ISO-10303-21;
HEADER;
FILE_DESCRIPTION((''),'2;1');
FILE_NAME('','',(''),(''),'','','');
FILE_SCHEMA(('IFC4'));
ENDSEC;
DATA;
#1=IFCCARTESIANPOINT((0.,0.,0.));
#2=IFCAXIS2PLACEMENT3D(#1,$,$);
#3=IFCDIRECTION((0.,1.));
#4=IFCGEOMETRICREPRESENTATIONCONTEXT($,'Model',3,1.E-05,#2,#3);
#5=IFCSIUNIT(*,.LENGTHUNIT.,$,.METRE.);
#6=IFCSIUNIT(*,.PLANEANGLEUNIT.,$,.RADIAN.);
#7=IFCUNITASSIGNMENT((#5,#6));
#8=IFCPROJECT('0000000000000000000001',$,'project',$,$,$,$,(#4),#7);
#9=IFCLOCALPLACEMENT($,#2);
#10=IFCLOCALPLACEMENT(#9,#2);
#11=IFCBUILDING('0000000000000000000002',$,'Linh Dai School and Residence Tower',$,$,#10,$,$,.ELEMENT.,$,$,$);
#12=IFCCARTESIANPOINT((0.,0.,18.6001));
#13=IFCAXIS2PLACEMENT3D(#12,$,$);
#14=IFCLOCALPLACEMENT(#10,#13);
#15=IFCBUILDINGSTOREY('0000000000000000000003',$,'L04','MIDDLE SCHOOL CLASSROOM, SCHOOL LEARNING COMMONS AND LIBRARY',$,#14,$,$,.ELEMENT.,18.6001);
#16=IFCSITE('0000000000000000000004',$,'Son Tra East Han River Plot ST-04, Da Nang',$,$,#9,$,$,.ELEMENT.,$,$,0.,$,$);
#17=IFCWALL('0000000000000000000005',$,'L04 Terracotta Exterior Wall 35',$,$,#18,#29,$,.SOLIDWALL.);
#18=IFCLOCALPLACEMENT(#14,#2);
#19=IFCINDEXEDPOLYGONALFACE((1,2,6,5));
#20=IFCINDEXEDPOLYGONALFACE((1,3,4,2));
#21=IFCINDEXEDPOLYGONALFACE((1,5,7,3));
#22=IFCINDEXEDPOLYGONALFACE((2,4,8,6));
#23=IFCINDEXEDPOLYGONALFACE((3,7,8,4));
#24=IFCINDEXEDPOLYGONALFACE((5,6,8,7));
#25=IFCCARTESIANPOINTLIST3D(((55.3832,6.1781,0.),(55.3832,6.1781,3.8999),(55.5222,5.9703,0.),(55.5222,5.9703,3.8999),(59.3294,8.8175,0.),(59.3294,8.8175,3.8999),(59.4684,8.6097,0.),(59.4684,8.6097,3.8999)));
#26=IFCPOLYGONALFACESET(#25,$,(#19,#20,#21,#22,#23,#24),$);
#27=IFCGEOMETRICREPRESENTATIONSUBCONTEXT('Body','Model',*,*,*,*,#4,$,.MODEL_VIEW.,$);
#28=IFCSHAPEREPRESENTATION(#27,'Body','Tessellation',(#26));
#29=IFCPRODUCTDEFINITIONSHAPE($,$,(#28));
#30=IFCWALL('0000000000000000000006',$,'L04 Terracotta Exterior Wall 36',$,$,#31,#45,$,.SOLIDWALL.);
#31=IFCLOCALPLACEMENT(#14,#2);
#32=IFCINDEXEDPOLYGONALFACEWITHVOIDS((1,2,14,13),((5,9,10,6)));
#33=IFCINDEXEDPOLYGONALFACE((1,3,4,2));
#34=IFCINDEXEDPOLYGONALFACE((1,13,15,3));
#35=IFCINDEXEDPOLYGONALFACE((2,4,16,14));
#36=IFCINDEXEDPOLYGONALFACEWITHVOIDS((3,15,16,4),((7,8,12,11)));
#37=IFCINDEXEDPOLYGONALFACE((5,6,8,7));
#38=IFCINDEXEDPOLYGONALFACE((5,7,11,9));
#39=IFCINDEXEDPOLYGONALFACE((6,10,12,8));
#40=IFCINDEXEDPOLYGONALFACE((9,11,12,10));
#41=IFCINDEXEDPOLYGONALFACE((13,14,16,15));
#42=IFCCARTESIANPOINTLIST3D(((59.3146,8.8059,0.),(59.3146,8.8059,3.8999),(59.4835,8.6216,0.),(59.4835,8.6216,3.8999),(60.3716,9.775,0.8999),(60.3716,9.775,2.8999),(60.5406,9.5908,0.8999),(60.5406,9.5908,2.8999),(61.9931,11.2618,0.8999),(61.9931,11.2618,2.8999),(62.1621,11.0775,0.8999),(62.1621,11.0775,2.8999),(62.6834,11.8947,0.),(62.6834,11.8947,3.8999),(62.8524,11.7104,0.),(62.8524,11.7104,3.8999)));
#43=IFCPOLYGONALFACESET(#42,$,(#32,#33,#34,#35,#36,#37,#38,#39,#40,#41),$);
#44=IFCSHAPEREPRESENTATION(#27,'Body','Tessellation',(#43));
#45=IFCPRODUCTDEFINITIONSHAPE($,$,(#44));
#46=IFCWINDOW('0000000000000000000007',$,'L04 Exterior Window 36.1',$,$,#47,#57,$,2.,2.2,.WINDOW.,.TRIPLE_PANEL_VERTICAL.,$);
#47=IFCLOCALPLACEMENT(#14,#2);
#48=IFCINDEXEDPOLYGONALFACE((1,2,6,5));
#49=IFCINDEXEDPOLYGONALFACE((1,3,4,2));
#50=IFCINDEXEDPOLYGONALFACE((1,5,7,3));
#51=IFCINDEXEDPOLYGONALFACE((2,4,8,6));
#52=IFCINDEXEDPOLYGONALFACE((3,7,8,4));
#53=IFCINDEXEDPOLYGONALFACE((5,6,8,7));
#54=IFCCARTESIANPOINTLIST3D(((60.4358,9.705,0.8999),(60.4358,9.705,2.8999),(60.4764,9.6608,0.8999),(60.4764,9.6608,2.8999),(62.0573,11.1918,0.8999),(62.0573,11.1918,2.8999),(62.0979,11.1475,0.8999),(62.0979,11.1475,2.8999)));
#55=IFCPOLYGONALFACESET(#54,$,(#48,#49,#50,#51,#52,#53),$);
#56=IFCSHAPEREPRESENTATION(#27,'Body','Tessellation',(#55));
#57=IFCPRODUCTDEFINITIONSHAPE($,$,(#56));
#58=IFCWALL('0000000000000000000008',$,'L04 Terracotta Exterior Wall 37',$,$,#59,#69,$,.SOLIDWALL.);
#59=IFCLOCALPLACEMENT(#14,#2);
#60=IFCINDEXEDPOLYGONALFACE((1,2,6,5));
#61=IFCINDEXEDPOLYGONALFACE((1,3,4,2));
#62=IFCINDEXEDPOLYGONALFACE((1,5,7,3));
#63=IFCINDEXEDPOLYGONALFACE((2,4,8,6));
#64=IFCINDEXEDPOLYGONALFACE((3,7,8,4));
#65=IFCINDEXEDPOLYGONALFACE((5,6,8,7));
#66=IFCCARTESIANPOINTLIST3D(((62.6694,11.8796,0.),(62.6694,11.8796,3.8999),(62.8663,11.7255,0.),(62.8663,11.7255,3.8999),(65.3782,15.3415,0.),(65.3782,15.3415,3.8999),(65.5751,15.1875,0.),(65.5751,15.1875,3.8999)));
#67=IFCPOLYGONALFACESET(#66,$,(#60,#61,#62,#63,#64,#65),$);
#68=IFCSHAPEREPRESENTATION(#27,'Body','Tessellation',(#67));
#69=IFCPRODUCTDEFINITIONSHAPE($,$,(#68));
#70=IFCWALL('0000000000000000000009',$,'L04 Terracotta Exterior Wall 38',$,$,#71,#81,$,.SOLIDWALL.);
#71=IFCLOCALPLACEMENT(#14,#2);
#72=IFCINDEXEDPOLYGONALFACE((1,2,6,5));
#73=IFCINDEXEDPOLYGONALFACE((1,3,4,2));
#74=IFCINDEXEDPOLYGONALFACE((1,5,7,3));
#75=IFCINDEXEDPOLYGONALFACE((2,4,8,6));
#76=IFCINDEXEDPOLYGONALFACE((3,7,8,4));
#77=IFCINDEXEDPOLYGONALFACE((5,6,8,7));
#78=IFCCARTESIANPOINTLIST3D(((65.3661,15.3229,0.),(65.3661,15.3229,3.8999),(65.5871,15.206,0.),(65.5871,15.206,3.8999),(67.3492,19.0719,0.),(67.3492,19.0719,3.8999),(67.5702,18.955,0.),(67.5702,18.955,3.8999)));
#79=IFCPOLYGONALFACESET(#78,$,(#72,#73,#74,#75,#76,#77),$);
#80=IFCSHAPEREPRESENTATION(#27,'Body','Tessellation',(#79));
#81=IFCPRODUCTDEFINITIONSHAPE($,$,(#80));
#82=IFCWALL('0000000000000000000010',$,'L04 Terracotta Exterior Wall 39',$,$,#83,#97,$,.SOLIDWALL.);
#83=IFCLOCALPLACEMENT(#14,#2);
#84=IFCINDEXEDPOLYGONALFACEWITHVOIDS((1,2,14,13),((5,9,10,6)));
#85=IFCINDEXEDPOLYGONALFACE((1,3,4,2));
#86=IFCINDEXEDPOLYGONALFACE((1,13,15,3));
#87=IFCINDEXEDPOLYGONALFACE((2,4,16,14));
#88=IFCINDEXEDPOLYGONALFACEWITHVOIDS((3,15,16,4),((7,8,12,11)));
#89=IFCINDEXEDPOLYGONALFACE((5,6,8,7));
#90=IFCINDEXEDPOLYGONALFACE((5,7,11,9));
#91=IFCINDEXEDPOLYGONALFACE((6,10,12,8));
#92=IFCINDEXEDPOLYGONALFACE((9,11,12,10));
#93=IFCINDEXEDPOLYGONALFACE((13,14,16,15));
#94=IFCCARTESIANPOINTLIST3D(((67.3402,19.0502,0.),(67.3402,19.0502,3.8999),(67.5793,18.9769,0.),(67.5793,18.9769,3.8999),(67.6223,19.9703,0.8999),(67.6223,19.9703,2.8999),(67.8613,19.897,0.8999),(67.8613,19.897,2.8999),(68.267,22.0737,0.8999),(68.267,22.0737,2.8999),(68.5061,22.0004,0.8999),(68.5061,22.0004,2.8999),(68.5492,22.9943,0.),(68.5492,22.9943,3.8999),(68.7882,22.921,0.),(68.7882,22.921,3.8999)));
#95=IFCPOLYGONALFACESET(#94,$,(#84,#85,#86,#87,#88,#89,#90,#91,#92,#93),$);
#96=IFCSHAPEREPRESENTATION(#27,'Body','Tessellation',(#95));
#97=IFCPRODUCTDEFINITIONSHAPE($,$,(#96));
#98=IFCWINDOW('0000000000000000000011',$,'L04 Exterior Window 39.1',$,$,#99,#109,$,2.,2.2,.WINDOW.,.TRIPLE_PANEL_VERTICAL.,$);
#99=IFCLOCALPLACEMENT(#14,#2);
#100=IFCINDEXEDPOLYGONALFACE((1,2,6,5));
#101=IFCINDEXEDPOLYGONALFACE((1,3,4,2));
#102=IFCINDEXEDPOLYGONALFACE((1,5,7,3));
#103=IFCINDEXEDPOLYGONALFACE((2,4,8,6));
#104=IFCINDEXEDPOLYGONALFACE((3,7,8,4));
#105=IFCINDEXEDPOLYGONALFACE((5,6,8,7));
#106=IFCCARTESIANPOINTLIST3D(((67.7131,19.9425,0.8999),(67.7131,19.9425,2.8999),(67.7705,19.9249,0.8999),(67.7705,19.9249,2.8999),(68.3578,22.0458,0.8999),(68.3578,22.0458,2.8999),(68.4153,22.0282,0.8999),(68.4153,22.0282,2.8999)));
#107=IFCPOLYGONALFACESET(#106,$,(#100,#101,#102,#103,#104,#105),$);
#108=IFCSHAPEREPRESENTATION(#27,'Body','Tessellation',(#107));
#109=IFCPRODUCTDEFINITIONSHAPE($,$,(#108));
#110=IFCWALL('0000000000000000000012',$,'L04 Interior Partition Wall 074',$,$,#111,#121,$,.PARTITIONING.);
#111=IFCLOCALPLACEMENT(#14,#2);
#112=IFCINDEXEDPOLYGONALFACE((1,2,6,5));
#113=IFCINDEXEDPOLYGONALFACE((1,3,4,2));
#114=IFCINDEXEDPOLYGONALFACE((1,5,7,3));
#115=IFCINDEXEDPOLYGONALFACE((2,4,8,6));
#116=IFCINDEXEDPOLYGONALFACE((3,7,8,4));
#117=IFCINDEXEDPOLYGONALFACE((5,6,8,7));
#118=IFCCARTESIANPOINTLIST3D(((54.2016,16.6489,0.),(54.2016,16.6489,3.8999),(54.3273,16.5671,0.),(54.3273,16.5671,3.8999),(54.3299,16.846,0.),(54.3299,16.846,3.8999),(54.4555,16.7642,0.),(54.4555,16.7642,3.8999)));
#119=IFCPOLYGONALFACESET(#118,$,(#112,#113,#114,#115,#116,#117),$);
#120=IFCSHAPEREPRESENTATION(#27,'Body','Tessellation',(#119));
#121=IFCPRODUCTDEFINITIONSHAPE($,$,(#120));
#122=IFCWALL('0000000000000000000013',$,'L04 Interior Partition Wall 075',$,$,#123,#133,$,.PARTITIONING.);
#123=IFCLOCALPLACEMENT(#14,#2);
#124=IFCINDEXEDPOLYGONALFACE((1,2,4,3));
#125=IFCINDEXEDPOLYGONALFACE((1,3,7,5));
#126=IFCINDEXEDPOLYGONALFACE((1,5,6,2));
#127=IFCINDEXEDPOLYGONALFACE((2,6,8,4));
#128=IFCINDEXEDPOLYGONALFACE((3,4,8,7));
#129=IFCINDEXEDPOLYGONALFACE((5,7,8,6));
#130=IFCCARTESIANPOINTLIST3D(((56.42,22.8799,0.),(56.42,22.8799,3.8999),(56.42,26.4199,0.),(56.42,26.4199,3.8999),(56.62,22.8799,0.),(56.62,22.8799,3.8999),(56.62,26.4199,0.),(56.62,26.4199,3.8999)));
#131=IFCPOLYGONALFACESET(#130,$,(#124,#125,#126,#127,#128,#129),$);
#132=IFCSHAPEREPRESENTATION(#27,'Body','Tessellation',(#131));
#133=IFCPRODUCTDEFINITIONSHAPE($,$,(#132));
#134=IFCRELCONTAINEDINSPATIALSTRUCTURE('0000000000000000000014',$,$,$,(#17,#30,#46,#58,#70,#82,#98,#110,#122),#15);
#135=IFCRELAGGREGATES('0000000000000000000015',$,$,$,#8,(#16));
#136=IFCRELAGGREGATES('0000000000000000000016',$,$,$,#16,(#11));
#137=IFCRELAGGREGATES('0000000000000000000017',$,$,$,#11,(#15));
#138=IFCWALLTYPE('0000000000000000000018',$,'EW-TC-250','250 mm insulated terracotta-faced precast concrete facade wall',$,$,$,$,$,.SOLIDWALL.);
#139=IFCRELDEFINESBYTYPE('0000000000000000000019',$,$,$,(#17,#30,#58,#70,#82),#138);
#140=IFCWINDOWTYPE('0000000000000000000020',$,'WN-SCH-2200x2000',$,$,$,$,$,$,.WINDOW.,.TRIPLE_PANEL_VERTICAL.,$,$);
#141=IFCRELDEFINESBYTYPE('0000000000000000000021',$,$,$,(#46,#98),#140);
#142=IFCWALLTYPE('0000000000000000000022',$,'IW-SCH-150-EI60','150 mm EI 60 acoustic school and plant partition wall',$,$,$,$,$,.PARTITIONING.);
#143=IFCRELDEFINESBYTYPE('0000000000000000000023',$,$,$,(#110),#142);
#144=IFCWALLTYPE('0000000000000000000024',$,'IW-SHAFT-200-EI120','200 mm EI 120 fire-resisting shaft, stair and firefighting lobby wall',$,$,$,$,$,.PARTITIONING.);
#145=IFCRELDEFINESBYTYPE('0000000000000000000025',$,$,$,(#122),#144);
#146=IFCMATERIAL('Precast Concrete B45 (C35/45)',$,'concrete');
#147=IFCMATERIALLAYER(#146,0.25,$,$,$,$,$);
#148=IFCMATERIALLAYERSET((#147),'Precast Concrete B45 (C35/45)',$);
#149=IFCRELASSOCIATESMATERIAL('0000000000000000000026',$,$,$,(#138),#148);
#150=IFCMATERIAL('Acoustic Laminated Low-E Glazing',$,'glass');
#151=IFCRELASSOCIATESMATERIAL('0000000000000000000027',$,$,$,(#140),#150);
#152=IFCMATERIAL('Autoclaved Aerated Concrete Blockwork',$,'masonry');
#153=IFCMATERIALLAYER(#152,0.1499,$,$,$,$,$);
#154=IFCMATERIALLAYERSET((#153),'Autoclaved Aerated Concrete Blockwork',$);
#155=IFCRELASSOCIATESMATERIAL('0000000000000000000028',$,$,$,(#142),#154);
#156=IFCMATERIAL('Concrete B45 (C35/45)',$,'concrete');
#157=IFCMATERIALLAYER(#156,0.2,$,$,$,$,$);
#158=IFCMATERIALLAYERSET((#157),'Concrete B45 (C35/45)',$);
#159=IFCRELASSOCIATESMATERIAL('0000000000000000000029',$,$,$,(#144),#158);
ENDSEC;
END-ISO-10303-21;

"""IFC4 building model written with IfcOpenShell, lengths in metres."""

from ifc_helpers import new_model, si_unit, direction, frame, frame_2d, origin, origin_2d, place, context, subcontext, project, spatial, rectangle, extrude, source, transform, mapped, material, layer, layer_set, type_object, element, fill, save


model = new_model("IFC4")

# Units and contexts
model_context = context("Model", 3, precision=1e-05, world=origin(), true_north=direction((0.0, 1.0)))
body_context = subcontext(model_context, "Body", "Model", "MODEL_VIEW")
ifc_project = project(units=[si_unit("LENGTHUNIT", "METRE"), si_unit("PLANEANGLEUNIT", "RADIAN")], contexts=[model_context])

# Site, building, storey
site_placement = place(None, origin())
site = spatial("IfcSite", under=ifc_project, at=site_placement, Name="Son Tra East Han River Plot ST-04, Da Nang", CompositionType="ELEMENT", RefElevation=0.0)
building_placement = place(site_placement, origin())
building = spatial("IfcBuilding", under=site, at=building_placement, Name="Linh Dai School and Residence Tower", CompositionType="ELEMENT")
storey_placement = place(building_placement, frame((0.0, 0.0, 18.6001)))
storey = spatial("IfcBuildingStorey", under=building, at=storey_placement, Name="L04", Description="MIDDLE SCHOOL CLASSROOM, SCHOOL LEARNING COMMONS AND LIBRARY", CompositionType="ELEMENT", Elevation=18.6001)

# Wall
ifc_material_1 = material(Name="Precast Concrete B45 (C35/45)", Category="concrete")
ifc_layer_1 = layer(ifc_material_1, 0.25)
ifc_layer_set_1 = layer_set([ifc_layer_1], Name="Precast Concrete B45 (C35/45)")
wall_type_1 = type_object("IfcWallType", Name="EW-TC-250", Description="250 mm insulated terracotta-faced precast concrete facade wall", PredefinedType="SOLIDWALL", material=ifc_layer_set_1)
wall_1_placement = place(storey_placement, frame((59.3989, 8.7136, 0.0), z_axis=(0.0, 0.0, 1.0), x_axis=(-0.831219, -0.555946, 0.0)))
element("IfcWall", 1, at=wall_1_placement, inside=storey, type_object=wall_type_1, Name="L04 Terracotta Exterior Wall 35", PredefinedType="SOLIDWALL", context=body_context, shape_type="SweptSolid", body=[
    extrude(rectangle(XDim=4.7476, YDim=0.25, at=frame_2d((2.3738, 0.0))), origin(), (0.0, 0.0, 1.0), 3.8999),
])

# Wall, opening, window
wall_2_placement = place(storey_placement, frame((62.7678, 11.8025, 0.0), z_axis=(0.0, 0.0, 1.0), x_axis=(-0.737077, -0.675809, 0.0)))
wall_2 = element("IfcWall", 2, at=wall_2_placement, inside=storey, type_object=wall_type_1, Name="L04 Terracotta Exterior Wall 36", PredefinedType="SOLIDWALL", context=body_context, shape_type="SweptSolid", body=[
    extrude(rectangle(XDim=4.5706, YDim=0.25, at=frame_2d((2.2852, 0.0))), origin(), (0.0, 0.0, 1.0), 3.8999),
])
opening_1_placement = place(wall_2_placement, frame((0.9363, 0.0, 0.8999)))
opening_1 = element("IfcOpeningElement", 3, at=opening_1_placement, cuts=wall_2, PredefinedType="OPENING", context=body_context, shape_type="SweptSolid", body=[
    extrude(rectangle(XDim=2.2, YDim=2.0, at=origin_2d()), frame((1.1001, 0.135, 1.0), z_axis=(0.0, -1.0, 0.0), x_axis=(1.0, 0.0, 0.0)), (0.0, 0.0, 1.0), 0.27),
])
ifc_material_2 = material(Name="Acoustic Laminated Low-E Glazing", Category="glass")
window_type = type_object("IfcWindowType", Name="WN-SCH-2200x2000", PartitioningType="TRIPLE_PANEL_VERTICAL", PredefinedType="WINDOW", material=ifc_material_2)
shared_shape_1 = source(origin(), body_context, "Body", "SweptSolid", [
    extrude(rectangle(XDim=2.2, YDim=2.0, at=origin_2d()), frame((1.1001, 0.03, 1.0), z_axis=(0.0, -1.0, 0.0), x_axis=(1.0, 0.0, 0.0)), (0.0, 0.0, 1.0), 0.0601),
])
window_1_placement = place(opening_1_placement, origin())
window_1 = element("IfcWindow", 4, at=window_1_placement, inside=storey, type_object=window_type, Name="L04 Exterior Window 36.1", OverallHeight=2.0, OverallWidth=2.2, PartitioningType="TRIPLE_PANEL_VERTICAL", PredefinedType="WINDOW", context=body_context, shape_type="MappedRepresentation", body=[
    mapped(shared_shape_1, transform((0.0, 0.0, 0.0), x_axis=(1.0, 0.0, 0.0), y_axis=(0.0, 1.0, 0.0), z_axis=(0.0, 0.0, 1.0), scale=1.0)),
])
fill(opening_1, window_1)

# Walls
wall_3_placement = place(storey_placement, frame((65.4766, 15.2644, 0.0), z_axis=(0.0, 0.0, 1.0), x_axis=(-0.616226, -0.787569, 0.0)))
element("IfcWall", 5, at=wall_3_placement, inside=storey, type_object=wall_type_1, Name="L04 Terracotta Exterior Wall 37", PredefinedType="SOLIDWALL", context=body_context, shape_type="SweptSolid", body=[
    extrude(rectangle(XDim=4.3958, YDim=0.25, at=frame_2d((2.1978, 0.0))), origin(), (0.0, 0.0, 1.0), 3.8999),
])
wall_4_placement = place(storey_placement, frame((67.4597, 19.0134, 0.0), z_axis=(0.0, 0.0, 1.0), x_axis=(-0.467589, -0.883946, 0.0)))
element("IfcWall", 6, at=wall_4_placement, inside=storey, type_object=wall_type_1, Name="L04 Terracotta Exterior Wall 38", PredefinedType="SOLIDWALL", context=body_context, shape_type="SweptSolid", body=[
    extrude(rectangle(XDim=4.2412, YDim=0.25, at=frame_2d((2.1206, 0.0))), origin(), (0.0, 0.0, 1.0), 3.8999),
])

# Wall, opening, window
wall_5_placement = place(storey_placement, frame((68.6687, 22.9575, 0.0), z_axis=(0.0, 0.0, 1.0), x_axis=(-0.293071, -0.956091, 0.0)))
wall_5 = element("IfcWall", 7, at=wall_5_placement, inside=storey, type_object=wall_type_1, Name="L04 Terracotta Exterior Wall 39", PredefinedType="SOLIDWALL", context=body_context, shape_type="SweptSolid", body=[
    extrude(rectangle(XDim=4.1252, YDim=0.25, at=frame_2d((2.0625, 0.0))), origin(), (0.0, 0.0, 1.0), 3.8999),
])
opening_2_placement = place(wall_5_placement, frame((0.9626, 0.0, 0.8999)))
opening_2 = element("IfcOpeningElement", 8, at=opening_2_placement, cuts=wall_5, PredefinedType="OPENING", context=body_context, shape_type="SweptSolid", body=[
    extrude(rectangle(XDim=2.2, YDim=2.0, at=origin_2d()), frame((1.1001, 0.135, 1.0), z_axis=(0.0, -1.0, 0.0), x_axis=(1.0, 0.0, 0.0)), (0.0, 0.0, 1.0), 0.27),
])
window_2_placement = place(opening_2_placement, origin())
window_2 = element("IfcWindow", 9, at=window_2_placement, inside=storey, type_object=window_type, Name="L04 Exterior Window 39.1", OverallHeight=2.0, OverallWidth=2.2, PartitioningType="TRIPLE_PANEL_VERTICAL", PredefinedType="WINDOW", context=body_context, shape_type="MappedRepresentation", body=[
    mapped(shared_shape_1, transform((0.0, 0.0, 0.0), x_axis=(1.0, 0.0, 0.0), y_axis=(0.0, 1.0, 0.0), z_axis=(0.0, 0.0, 1.0), scale=1.0)),
])
fill(opening_2, window_2)

# Walls
ifc_material_3 = material(Name="Autoclaved Aerated Concrete Blockwork", Category="masonry")
ifc_layer_2 = layer(ifc_material_3, 0.1499)
ifc_layer_set_2 = layer_set([ifc_layer_2], Name="Autoclaved Aerated Concrete Blockwork")
wall_type_2 = type_object("IfcWallType", Name="IW-SCH-150-EI60", Description="150 mm EI 60 acoustic school and plant partition wall", PredefinedType="PARTITIONING", material=ifc_layer_set_2)
wall_6_placement = place(storey_placement, frame((54.2644, 16.6079, 0.0), z_axis=(0.0, 0.0, 1.0), x_axis=(0.545317, 0.83823, 0.0)))
element("IfcWall", 10, at=wall_6_placement, inside=storey, type_object=wall_type_2, Name="L04 Interior Partition Wall 074", PredefinedType="PARTITIONING", context=body_context, shape_type="SweptSolid", body=[
    extrude(rectangle(XDim=0.2351, YDim=0.1499, at=frame_2d((0.1177, 0.0))), origin(), (0.0, 0.0, 1.0), 3.8999),
])
ifc_material_4 = material(Name="Concrete B45 (C35/45)", Category="concrete")
ifc_layer_3 = layer(ifc_material_4, 0.2)
ifc_layer_set_3 = layer_set([ifc_layer_3], Name="Concrete B45 (C35/45)")
wall_type_3 = type_object("IfcWallType", Name="IW-SHAFT-200-EI120", Description="200 mm EI 120 fire-resisting shaft, stair and firefighting lobby wall", PredefinedType="PARTITIONING", material=ifc_layer_set_3)
wall_7_placement = place(storey_placement, frame((56.52, 22.8799, 0.0), z_axis=(0.0, 0.0, 1.0), x_axis=(0.0, 1.0, 0.0)))
element("IfcWall", 11, at=wall_7_placement, inside=storey, type_object=wall_type_3, Name="L04 Interior Partition Wall 075", PredefinedType="PARTITIONING", context=body_context, shape_type="SweptSolid", body=[
    extrude(rectangle(XDim=3.54, YDim=0.2, at=frame_2d((1.77, 0.0))), origin(), (0.0, 0.0, 1.0), 3.8999),
])

save(model, "model.ifc")
